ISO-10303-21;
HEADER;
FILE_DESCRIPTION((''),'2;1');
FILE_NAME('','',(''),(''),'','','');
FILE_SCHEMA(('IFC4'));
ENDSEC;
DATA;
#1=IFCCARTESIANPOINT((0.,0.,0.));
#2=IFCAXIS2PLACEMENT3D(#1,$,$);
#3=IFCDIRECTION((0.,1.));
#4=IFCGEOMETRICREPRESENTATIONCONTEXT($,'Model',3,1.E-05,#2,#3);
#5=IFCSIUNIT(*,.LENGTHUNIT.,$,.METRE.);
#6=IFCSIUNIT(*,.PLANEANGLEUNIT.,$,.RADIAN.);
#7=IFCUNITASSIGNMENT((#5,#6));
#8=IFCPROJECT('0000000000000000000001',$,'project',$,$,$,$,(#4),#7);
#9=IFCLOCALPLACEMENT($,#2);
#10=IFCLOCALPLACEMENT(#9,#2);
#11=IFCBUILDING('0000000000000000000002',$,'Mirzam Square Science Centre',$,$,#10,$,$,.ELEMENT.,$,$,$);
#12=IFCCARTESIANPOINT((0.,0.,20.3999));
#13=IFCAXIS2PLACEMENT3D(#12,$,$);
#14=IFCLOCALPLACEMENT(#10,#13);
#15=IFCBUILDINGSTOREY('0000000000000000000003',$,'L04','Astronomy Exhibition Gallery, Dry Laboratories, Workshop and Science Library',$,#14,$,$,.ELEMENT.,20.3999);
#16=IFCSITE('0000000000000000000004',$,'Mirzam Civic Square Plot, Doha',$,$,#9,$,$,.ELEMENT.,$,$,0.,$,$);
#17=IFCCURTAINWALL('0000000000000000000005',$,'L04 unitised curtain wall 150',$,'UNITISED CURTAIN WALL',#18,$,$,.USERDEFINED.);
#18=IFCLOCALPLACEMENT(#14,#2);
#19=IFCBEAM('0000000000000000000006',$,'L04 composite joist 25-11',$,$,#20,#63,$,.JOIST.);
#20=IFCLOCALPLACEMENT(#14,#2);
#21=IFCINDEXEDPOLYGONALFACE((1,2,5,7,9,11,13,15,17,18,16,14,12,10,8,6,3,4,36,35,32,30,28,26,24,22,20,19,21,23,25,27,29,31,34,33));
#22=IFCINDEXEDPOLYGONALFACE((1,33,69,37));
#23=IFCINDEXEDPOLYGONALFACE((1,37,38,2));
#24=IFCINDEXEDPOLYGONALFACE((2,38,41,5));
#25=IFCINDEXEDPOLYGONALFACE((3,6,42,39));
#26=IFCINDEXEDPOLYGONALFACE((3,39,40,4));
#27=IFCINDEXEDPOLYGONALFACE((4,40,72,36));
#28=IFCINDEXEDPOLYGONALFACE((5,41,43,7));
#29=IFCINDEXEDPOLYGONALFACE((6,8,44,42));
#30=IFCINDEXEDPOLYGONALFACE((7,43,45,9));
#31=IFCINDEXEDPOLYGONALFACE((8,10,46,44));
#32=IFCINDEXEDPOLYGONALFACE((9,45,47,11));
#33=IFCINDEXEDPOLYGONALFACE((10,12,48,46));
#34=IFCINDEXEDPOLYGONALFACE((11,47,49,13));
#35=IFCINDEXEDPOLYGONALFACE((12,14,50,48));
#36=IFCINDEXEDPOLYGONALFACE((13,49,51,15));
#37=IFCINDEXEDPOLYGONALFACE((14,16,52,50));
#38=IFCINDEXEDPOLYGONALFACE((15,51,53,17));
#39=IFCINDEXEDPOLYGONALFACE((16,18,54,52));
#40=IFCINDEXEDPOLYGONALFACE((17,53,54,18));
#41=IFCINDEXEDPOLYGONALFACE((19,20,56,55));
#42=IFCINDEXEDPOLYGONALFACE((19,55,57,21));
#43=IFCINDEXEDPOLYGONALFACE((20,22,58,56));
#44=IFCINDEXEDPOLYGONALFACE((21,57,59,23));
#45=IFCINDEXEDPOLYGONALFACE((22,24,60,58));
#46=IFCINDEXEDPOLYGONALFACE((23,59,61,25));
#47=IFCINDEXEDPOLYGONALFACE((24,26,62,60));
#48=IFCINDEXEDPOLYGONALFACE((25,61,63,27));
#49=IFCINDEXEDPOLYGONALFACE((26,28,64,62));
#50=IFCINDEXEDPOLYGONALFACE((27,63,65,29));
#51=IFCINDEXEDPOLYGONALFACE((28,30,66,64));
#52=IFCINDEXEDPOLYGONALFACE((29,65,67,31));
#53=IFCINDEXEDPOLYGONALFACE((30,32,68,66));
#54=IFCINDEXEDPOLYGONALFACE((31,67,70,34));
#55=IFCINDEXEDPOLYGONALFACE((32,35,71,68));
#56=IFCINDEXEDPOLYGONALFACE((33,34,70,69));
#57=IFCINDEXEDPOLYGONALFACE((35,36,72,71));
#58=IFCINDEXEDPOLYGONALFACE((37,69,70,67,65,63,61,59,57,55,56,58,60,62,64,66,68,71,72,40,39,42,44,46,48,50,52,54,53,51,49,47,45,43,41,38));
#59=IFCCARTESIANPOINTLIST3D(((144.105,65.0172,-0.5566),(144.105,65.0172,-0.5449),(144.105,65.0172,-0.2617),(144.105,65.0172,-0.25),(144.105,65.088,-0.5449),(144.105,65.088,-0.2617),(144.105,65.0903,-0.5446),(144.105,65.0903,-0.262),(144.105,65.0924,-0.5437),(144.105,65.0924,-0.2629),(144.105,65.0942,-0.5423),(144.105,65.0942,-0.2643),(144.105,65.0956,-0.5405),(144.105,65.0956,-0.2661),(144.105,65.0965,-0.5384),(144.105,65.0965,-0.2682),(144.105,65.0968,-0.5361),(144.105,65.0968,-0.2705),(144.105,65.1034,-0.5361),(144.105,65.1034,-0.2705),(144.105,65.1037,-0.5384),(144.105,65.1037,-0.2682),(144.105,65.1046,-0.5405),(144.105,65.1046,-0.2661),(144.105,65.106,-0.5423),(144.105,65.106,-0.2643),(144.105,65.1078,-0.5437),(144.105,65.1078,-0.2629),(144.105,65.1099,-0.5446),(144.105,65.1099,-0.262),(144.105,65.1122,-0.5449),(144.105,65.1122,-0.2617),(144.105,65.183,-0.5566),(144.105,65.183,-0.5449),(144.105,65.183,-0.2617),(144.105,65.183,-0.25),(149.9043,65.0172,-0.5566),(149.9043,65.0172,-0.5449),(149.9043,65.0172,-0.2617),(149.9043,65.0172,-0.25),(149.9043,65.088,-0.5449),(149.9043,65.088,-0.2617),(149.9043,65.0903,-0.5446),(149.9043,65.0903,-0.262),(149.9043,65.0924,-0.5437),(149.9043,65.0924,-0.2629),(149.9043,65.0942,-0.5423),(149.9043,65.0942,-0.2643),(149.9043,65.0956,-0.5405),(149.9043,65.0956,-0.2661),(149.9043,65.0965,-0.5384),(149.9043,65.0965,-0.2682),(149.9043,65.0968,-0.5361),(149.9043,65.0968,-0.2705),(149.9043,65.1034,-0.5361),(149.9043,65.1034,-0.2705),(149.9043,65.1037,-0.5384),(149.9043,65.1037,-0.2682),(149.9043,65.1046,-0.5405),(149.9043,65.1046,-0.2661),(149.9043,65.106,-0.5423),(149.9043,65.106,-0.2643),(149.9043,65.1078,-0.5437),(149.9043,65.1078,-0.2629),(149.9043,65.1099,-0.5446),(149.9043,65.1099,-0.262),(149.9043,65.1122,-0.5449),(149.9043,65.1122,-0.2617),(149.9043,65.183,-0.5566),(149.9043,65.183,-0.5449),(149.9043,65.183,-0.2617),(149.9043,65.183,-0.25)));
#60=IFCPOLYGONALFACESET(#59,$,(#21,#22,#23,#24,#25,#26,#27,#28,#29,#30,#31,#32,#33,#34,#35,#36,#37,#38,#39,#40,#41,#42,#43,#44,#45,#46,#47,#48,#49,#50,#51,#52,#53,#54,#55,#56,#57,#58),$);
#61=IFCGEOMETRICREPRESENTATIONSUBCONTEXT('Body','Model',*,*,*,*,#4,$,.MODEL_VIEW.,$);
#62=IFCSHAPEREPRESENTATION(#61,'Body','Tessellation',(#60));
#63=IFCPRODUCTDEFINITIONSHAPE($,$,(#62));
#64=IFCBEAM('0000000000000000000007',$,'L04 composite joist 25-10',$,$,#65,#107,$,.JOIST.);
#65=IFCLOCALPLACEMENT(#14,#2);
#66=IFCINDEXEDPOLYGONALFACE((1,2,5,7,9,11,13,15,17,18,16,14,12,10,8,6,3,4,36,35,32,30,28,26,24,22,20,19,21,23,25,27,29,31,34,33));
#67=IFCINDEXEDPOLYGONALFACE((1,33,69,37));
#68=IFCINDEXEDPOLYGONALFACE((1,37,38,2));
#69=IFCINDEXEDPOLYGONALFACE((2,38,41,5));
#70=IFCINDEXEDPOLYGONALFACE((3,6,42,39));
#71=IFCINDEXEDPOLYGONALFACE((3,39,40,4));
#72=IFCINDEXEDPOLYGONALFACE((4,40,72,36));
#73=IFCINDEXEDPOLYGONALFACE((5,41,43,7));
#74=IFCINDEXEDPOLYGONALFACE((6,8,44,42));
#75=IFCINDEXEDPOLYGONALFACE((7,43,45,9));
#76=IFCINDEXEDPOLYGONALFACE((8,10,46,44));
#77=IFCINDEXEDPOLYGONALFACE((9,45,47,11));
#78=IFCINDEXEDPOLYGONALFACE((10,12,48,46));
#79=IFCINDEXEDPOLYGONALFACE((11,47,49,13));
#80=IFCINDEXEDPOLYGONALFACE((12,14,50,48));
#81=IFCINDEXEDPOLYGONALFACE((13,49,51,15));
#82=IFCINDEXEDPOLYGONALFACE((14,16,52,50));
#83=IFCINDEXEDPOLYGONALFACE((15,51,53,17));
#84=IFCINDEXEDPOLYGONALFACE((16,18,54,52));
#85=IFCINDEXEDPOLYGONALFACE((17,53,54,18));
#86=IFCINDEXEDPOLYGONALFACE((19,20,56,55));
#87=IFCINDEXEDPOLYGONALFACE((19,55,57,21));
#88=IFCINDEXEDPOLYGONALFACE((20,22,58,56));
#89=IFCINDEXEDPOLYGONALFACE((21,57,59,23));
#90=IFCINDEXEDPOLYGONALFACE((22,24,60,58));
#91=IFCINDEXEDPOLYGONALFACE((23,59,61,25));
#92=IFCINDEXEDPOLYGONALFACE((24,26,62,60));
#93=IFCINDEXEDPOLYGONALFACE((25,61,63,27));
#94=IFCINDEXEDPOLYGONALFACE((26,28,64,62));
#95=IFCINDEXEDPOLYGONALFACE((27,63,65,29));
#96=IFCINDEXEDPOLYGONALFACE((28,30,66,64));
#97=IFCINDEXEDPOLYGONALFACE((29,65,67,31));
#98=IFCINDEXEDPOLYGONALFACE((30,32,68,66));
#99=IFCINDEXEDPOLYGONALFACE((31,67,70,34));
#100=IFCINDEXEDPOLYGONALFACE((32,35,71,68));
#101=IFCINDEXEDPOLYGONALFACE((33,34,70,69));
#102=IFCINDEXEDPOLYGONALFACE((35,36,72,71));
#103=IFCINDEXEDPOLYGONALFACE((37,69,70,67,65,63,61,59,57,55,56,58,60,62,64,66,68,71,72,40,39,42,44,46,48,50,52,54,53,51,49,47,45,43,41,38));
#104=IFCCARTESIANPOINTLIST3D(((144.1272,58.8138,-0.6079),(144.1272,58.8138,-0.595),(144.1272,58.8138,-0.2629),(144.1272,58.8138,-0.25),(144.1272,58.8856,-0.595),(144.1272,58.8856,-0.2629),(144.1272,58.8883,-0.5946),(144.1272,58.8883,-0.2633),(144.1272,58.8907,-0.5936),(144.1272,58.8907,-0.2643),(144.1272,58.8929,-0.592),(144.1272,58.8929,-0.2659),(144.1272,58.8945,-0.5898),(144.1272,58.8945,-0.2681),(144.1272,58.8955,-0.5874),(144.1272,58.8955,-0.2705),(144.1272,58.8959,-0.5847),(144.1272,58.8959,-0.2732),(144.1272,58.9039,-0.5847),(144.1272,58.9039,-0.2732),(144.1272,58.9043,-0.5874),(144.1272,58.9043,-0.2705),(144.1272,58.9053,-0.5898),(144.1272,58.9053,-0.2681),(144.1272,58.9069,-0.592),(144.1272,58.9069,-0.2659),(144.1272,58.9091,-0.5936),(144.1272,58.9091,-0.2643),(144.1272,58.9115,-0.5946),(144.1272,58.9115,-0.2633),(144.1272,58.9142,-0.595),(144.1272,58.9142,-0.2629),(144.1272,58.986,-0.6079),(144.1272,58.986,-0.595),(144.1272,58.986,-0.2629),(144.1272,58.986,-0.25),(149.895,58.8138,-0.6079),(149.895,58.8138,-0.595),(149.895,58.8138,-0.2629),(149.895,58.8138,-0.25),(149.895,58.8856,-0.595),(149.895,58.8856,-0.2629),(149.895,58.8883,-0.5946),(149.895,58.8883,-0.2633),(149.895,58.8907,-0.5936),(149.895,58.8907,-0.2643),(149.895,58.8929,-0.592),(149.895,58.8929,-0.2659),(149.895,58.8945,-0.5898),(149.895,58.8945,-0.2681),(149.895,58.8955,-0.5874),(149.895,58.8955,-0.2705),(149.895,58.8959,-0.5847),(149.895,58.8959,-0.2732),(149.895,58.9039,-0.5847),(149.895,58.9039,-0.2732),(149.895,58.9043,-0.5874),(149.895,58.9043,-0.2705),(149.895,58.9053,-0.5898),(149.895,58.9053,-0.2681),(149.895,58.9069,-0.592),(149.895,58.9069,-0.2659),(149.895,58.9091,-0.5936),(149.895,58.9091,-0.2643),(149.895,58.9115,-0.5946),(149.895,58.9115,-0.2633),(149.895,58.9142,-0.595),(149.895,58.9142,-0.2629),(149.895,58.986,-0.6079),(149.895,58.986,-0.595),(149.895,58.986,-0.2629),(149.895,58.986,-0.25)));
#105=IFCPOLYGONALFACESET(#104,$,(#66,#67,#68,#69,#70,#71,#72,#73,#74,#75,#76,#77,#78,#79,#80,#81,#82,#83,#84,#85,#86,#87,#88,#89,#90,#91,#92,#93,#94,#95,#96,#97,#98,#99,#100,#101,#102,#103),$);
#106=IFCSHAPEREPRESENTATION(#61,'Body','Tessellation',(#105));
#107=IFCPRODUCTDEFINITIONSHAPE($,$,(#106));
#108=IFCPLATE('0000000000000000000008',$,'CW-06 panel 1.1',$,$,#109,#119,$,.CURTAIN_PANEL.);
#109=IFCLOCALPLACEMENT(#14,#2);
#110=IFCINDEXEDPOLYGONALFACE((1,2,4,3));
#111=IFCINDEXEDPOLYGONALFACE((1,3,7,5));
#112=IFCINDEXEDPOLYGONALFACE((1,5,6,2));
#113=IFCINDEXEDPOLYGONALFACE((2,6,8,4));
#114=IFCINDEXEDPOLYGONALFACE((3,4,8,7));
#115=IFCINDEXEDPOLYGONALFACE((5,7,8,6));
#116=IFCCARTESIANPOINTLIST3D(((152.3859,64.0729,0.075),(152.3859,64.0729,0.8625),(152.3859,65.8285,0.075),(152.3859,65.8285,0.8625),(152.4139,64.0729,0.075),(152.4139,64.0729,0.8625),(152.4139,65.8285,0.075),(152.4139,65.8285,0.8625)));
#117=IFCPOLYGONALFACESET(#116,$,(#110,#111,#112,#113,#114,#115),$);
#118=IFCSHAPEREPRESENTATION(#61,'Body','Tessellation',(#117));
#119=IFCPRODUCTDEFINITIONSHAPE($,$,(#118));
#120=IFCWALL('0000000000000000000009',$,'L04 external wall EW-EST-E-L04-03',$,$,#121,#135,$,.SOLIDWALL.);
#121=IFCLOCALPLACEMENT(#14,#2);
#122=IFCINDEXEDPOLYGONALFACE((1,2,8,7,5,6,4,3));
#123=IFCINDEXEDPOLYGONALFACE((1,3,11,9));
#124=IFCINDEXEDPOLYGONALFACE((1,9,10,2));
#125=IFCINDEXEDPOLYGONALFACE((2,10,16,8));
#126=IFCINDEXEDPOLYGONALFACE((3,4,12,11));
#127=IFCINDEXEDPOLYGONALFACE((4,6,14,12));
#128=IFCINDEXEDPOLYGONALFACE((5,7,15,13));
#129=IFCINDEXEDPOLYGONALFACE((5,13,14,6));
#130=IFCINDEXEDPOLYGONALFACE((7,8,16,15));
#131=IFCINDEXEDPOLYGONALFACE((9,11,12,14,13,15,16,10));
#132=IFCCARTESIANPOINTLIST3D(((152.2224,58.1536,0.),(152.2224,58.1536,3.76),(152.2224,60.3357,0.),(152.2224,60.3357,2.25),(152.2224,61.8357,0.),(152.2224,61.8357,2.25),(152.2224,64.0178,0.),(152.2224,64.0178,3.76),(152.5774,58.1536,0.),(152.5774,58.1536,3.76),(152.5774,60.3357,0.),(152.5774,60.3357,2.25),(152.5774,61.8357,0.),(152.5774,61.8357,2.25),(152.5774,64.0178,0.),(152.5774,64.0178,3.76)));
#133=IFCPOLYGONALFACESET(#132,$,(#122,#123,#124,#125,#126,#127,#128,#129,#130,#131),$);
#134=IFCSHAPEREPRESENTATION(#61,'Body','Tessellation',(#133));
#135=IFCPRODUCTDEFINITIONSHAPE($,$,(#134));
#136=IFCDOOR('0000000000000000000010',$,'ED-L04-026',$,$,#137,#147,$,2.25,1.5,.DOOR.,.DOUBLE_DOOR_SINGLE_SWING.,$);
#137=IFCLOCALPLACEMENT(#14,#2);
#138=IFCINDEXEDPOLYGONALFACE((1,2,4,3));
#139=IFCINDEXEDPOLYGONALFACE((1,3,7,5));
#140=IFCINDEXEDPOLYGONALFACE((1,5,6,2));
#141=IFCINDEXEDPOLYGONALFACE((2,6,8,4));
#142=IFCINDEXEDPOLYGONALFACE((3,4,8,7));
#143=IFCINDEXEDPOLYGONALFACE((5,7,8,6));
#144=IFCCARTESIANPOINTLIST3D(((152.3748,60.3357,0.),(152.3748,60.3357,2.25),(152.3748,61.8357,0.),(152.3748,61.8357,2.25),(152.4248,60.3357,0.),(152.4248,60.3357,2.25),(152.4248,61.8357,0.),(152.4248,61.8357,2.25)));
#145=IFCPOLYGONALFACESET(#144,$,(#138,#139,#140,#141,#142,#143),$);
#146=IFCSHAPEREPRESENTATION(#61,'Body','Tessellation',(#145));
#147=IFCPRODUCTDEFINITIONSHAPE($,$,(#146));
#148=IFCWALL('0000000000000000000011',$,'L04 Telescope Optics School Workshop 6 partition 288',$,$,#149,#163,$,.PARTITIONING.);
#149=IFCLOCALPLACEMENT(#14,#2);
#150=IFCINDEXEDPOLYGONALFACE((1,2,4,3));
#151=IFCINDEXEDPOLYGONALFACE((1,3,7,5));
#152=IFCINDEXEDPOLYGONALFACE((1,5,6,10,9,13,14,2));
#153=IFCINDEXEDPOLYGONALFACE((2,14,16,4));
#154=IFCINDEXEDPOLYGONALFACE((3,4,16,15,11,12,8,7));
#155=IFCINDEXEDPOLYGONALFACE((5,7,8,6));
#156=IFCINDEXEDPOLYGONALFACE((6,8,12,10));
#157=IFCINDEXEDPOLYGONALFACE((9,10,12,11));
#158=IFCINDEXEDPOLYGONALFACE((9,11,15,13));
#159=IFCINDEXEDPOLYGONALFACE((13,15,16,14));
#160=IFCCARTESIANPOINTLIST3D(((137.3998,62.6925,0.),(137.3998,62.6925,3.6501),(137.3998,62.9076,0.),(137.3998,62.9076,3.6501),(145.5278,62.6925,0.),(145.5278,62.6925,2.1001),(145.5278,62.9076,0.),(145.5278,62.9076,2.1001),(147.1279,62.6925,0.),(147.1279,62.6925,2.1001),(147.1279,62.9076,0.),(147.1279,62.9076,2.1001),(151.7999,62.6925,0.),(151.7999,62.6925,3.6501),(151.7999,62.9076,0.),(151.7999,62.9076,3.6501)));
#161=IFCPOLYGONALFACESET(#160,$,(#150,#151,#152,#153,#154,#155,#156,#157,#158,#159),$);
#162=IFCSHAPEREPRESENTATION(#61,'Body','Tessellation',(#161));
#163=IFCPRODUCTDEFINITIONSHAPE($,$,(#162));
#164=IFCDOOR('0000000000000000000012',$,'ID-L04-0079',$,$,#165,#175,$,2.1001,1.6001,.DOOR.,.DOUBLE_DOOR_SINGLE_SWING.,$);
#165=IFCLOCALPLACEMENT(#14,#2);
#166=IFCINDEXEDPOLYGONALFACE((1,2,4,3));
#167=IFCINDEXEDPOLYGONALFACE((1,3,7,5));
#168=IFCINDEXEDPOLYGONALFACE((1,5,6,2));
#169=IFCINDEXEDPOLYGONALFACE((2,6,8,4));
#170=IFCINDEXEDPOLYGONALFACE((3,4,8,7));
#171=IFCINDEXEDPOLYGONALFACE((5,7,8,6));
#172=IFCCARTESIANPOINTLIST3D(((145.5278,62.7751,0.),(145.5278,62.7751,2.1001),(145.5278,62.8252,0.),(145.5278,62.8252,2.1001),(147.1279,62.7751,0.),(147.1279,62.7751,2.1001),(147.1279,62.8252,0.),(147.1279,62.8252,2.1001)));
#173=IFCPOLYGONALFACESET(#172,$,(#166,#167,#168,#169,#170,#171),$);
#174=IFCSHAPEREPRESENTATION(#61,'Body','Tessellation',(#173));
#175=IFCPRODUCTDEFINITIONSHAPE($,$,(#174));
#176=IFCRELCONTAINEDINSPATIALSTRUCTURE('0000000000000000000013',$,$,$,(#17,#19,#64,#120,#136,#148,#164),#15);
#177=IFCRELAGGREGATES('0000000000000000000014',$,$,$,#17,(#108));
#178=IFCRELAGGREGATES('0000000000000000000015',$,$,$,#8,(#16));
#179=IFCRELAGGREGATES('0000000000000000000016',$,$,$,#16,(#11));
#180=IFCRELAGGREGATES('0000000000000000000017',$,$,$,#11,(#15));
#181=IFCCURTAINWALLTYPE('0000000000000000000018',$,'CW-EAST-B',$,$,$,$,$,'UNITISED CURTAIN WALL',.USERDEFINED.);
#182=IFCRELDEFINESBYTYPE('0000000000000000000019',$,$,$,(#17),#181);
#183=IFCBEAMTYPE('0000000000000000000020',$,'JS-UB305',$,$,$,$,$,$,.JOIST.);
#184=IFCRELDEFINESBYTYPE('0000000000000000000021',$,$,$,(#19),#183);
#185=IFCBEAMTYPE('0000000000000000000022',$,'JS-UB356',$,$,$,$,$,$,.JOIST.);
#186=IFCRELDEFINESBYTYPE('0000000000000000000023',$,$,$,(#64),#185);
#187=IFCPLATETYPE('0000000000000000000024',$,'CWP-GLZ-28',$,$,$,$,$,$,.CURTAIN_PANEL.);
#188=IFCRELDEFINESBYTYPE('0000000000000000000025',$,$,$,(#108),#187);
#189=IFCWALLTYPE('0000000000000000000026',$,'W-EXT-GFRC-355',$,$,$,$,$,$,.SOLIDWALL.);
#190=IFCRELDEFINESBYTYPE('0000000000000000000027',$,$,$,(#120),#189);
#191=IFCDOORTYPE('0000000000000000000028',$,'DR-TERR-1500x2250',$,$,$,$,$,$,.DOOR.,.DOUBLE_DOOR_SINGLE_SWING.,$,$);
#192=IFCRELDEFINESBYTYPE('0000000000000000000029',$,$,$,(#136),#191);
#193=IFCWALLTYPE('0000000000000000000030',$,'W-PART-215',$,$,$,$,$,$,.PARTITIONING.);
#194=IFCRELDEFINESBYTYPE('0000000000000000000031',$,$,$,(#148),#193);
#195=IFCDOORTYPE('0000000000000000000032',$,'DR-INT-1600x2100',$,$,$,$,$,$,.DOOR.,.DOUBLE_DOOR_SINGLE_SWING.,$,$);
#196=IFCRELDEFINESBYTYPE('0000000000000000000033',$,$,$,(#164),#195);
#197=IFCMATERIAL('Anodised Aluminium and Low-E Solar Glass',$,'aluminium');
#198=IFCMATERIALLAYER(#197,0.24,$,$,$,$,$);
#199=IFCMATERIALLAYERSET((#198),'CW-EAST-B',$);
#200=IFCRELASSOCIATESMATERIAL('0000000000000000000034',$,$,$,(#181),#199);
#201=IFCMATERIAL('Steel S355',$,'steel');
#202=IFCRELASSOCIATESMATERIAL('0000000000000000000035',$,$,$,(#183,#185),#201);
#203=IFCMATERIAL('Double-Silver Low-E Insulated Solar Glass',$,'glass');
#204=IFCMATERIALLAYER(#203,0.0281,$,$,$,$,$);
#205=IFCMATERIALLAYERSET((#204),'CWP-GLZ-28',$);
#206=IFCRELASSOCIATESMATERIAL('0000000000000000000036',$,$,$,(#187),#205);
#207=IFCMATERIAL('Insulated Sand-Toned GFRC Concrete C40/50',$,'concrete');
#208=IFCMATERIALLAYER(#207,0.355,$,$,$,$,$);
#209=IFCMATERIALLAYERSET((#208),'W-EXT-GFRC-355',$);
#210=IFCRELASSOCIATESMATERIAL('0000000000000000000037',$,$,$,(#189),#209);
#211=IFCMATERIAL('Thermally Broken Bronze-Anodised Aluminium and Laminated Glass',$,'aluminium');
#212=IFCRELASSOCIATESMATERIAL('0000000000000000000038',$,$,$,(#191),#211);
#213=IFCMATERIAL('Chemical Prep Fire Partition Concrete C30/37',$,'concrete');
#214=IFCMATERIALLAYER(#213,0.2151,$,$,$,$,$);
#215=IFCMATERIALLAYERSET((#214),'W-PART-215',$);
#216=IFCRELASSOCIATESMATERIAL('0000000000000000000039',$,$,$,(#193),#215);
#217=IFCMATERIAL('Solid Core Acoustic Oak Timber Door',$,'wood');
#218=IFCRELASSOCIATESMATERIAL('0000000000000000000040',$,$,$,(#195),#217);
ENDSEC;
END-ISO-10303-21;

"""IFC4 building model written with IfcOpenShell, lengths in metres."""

from ifc_helpers import new_model, si_unit, direction, frame, frame_2d, origin, origin_2d, place, context, subcontext, project, spatial, rectangle, i_section, extrude, material, layer, layer_set, material_profile, profile_set, type_object, element, fill, aggregate, save


model = new_model("IFC4")

# Units and contexts
model_context = context("Model", 3, precision=1e-05, world=origin(), true_north=direction((0.0, 1.0)))
body_context = subcontext(model_context, "Body", "Model", "MODEL_VIEW")
ifc_project = project(units=[si_unit("LENGTHUNIT", "METRE"), si_unit("PLANEANGLEUNIT", "RADIAN")], contexts=[model_context])

# Site, building, storey
site_placement = place(None, origin())
site = spatial("IfcSite", under=ifc_project, at=site_placement, Name="Mirzam Civic Square Plot, Doha", CompositionType="ELEMENT", RefElevation=0.0)
building_placement = place(site_placement, origin())
building = spatial("IfcBuilding", under=site, at=building_placement, Name="Mirzam Square Science Centre", CompositionType="ELEMENT")
storey_placement = place(building_placement, frame((0.0, 0.0, 20.3999)))
storey = spatial("IfcBuildingStorey", under=building, at=storey_placement, Name="L04", Description="Astronomy Exhibition Gallery, Dry Laboratories, Workshop and Science Library", CompositionType="ELEMENT", Elevation=20.3999)

# Shared definitions
ifc_material_1 = material(Name="Steel S355", Category="steel")

# Curtain wall
ifc_material_2 = material(Name="Anodised Aluminium and Low-E Solar Glass", Category="aluminium")
ifc_layer_1 = layer(ifc_material_2, 0.24)
ifc_layer_set_1 = layer_set([ifc_layer_1], Name="CW-EAST-B")
curtain_wall_type = type_object("IfcCurtainWallType", Name="CW-EAST-B", ElementType="UNITISED CURTAIN WALL", PredefinedType="USERDEFINED", material=ifc_layer_set_1)
curtain_wall_placement = place(storey_placement, origin())
curtain_wall = element("IfcCurtainWall", 1, at=curtain_wall_placement, inside=storey, type_object=curtain_wall_type, Name="L04 unitised curtain wall 150", ObjectType="UNITISED CURTAIN WALL", PredefinedType="USERDEFINED")

# Beams
ifc_material_profile_1 = material_profile(ifc_material_1, i_section(OverallWidth=0.1658, OverallDepth=0.3066, WebThickness=0.0066, FlangeThickness=0.0117, FilletRadius=0.0088, at=origin_2d()), Name="305x165x46UB")
ifc_profile_set_1 = profile_set([ifc_material_profile_1], Name="Steel S355")
beam_type_1 = type_object("IfcBeamType", Name="JS-UB305", PredefinedType="JOIST", material=ifc_profile_set_1)
beam_1_placement = place(storey_placement, frame((144.105, 65.1001, -0.4033), z_axis=(1.0, 0.0, 0.0), x_axis=(0.0, 1.0, 0.0)))
element("IfcBeam", 2, at=beam_1_placement, inside=storey, type_object=beam_type_1, Name="L04 composite joist 25-11", PredefinedType="JOIST", context=body_context, shape_type="SweptSolid", body=[
    extrude(i_section(OverallWidth=0.1658, OverallDepth=0.3066, WebThickness=0.0066, FlangeThickness=0.0117, FilletRadius=0.0088, at=origin_2d()), origin(), (0.0, 0.0, 1.0), 5.7993),
])
ifc_material_profile_2 = material_profile(ifc_material_1, i_section(OverallWidth=0.1721, OverallDepth=0.3579, WebThickness=0.0081, FlangeThickness=0.0129, FilletRadius=0.0103, at=origin_2d()), Name="356x171x57UB")
ifc_profile_set_2 = profile_set([ifc_material_profile_2], Name="Steel S355")
beam_type_2 = type_object("IfcBeamType", Name="JS-UB356", PredefinedType="JOIST", material=ifc_profile_set_2)
beam_2_placement = place(storey_placement, frame((144.1272, 58.8999, -0.429), z_axis=(1.0, 0.0, 0.0), x_axis=(0.0, 1.0, 0.0)))
element("IfcBeam", 3, at=beam_2_placement, inside=storey, type_object=beam_type_2, Name="L04 composite joist 25-10", PredefinedType="JOIST", context=body_context, shape_type="SweptSolid", body=[
    extrude(i_section(OverallWidth=0.1721, OverallDepth=0.3579, WebThickness=0.0081, FlangeThickness=0.0129, FilletRadius=0.0103, at=origin_2d()), origin(), (0.0, 0.0, 1.0), 5.7678),
])

# Plate
ifc_material_3 = material(Name="Double-Silver Low-E Insulated Solar Glass", Category="glass")
ifc_layer_2 = layer(ifc_material_3, 0.0281)
ifc_layer_set_2 = layer_set([ifc_layer_2], Name="CWP-GLZ-28")
plate_type = type_object("IfcPlateType", Name="CWP-GLZ-28", PredefinedType="CURTAIN_PANEL", material=ifc_layer_set_2)
plate_placement = place(storey_placement, frame((152.3999, 64.9507, 0.075), z_axis=(0.0, 0.0, 1.0), x_axis=(0.0, 1.0, 0.0)))
plate = element("IfcPlate", 4, at=plate_placement, type_object=plate_type, Name="CW-06 panel 1.1", PredefinedType="CURTAIN_PANEL", context=body_context, shape_type="SweptSolid", body=[
    extrude(rectangle(XDim=1.7556, YDim=0.0281, at=origin_2d()), origin(), (0.0, 0.0, 1.0), 0.7876),
])
aggregate(curtain_wall, [plate])

# Walls, openings, doors
ifc_material_4 = material(Name="Insulated Sand-Toned GFRC Concrete C40/50", Category="concrete")
ifc_layer_3 = layer(ifc_material_4, 0.355)
ifc_layer_set_3 = layer_set([ifc_layer_3], Name="W-EXT-GFRC-355")
wall_type_1 = type_object("IfcWallType", Name="W-EXT-GFRC-355", PredefinedType="SOLIDWALL", material=ifc_layer_set_3)
wall_1_placement = place(storey_placement, frame((152.3999, 58.1536, 0.0), z_axis=(0.0, 0.0, 1.0), x_axis=(0.0, 1.0, 0.0)))
wall_1 = element("IfcWall", 5, at=wall_1_placement, inside=storey, type_object=wall_type_1, Name="L04 external wall EW-EST-E-L04-03", PredefinedType="SOLIDWALL", context=body_context, shape_type="SweptSolid", body=[
    extrude(rectangle(XDim=5.8643, YDim=0.355, at=frame_2d((2.9321, 0.0))), origin(), (0.0, 0.0, 1.0), 3.76),
])
opening_1_placement = place(wall_1_placement, frame((2.1821, 0.0, 0.0)))
opening_1 = element("IfcOpeningElement", 6, at=opening_1_placement, cuts=wall_1, PredefinedType="OPENING", context=body_context, shape_type="SweptSolid", body=[
    extrude(rectangle(XDim=1.5, YDim=2.25, at=frame_2d((0.75, 1.125))), frame((0.0, 0.1875, 0.0), z_axis=(0.0, -1.0, 0.0), x_axis=(1.0, 0.0, 0.0)), (0.0, 0.0, 1.0), 0.375),
])
ifc_material_5 = material(Name="Thermally Broken Bronze-Anodised Aluminium and Laminated Glass", Category="aluminium")
door_type_1 = type_object("IfcDoorType", Name="DR-TERR-1500x2250", OperationType="DOUBLE_DOOR_SINGLE_SWING", PredefinedType="DOOR", material=ifc_material_5)
door_1_placement = place(opening_1_placement, frame((1.5, 0.0, 0.0), z_axis=(0.0, 0.0, 1.0), x_axis=(-1.0, 0.0, 0.0)))
door_1 = element("IfcDoor", 7, at=door_1_placement, inside=storey, type_object=door_type_1, Name="ED-L04-026", OperationType="DOUBLE_DOOR_SINGLE_SWING", OverallHeight=2.25, OverallWidth=1.5, PredefinedType="DOOR", context=body_context, shape_type="SweptSolid", body=[
    extrude(rectangle(XDim=1.5, YDim=2.25, at=frame_2d((0.75, 1.125))), frame((0.0, 0.0249, 0.0), z_axis=(0.0, -1.0, 0.0), x_axis=(1.0, 0.0, 0.0)), (0.0, 0.0, 1.0), 0.05),
])
fill(opening_1, door_1)
ifc_material_6 = material(Name="Chemical Prep Fire Partition Concrete C30/37", Category="concrete")
ifc_layer_4 = layer(ifc_material_6, 0.2151)
ifc_layer_set_4 = layer_set([ifc_layer_4], Name="W-PART-215")
wall_type_2 = type_object("IfcWallType", Name="W-PART-215", PredefinedType="PARTITIONING", material=ifc_layer_set_4)
wall_2_placement = place(storey_placement, frame((151.8, 62.8, 0.0), z_axis=(0.0, 0.0, 1.0), x_axis=(-1.0, 0.0, 0.0)))
wall_2 = element("IfcWall", 8, at=wall_2_placement, inside=storey, type_object=wall_type_2, Name="L04 Telescope Optics School Workshop 6 partition 288", PredefinedType="PARTITIONING", context=body_context, shape_type="SweptSolid", body=[
    extrude(rectangle(XDim=14.4001, YDim=0.2151, at=frame_2d((7.2002, 0.0))), origin(), (0.0, 0.0, 1.0), 3.6501),
])
opening_2_placement = place(wall_2_placement, frame((4.6721, 0.0, 0.0)))
opening_2 = element("IfcOpeningElement", 9, at=opening_2_placement, cuts=wall_2, PredefinedType="OPENING", context=body_context, shape_type="SweptSolid", body=[
    extrude(rectangle(XDim=1.6001, YDim=2.1001, at=frame_2d((0.8, 1.05))), frame((0.0, 0.1174, 0.0), z_axis=(0.0, -1.0, 0.0), x_axis=(1.0, 0.0, 0.0)), (0.0, 0.0, 1.0), 0.2351),
])
ifc_material_7 = material(Name="Solid Core Acoustic Oak Timber Door", Category="wood")
door_type_2 = type_object("IfcDoorType", Name="DR-INT-1600x2100", OperationType="DOUBLE_DOOR_SINGLE_SWING", PredefinedType="DOOR", material=ifc_material_7)
door_2_placement = place(opening_2_placement, origin())
door_2 = element("IfcDoor", 10, at=door_2_placement, inside=storey, type_object=door_type_2, Name="ID-L04-0079", OperationType="DOUBLE_DOOR_SINGLE_SWING", OverallHeight=2.1001, OverallWidth=1.6001, PredefinedType="DOOR", context=body_context, shape_type="SweptSolid", body=[
    extrude(rectangle(XDim=1.6001, YDim=2.1001, at=frame_2d((0.8, 1.05))), frame((0.0, 0.0249, 0.0), z_axis=(0.0, -1.0, 0.0), x_axis=(1.0, 0.0, 0.0)), (0.0, 0.0, 1.0), 0.05),
])
fill(opening_2, door_2)

save(model, "model.ifc")
